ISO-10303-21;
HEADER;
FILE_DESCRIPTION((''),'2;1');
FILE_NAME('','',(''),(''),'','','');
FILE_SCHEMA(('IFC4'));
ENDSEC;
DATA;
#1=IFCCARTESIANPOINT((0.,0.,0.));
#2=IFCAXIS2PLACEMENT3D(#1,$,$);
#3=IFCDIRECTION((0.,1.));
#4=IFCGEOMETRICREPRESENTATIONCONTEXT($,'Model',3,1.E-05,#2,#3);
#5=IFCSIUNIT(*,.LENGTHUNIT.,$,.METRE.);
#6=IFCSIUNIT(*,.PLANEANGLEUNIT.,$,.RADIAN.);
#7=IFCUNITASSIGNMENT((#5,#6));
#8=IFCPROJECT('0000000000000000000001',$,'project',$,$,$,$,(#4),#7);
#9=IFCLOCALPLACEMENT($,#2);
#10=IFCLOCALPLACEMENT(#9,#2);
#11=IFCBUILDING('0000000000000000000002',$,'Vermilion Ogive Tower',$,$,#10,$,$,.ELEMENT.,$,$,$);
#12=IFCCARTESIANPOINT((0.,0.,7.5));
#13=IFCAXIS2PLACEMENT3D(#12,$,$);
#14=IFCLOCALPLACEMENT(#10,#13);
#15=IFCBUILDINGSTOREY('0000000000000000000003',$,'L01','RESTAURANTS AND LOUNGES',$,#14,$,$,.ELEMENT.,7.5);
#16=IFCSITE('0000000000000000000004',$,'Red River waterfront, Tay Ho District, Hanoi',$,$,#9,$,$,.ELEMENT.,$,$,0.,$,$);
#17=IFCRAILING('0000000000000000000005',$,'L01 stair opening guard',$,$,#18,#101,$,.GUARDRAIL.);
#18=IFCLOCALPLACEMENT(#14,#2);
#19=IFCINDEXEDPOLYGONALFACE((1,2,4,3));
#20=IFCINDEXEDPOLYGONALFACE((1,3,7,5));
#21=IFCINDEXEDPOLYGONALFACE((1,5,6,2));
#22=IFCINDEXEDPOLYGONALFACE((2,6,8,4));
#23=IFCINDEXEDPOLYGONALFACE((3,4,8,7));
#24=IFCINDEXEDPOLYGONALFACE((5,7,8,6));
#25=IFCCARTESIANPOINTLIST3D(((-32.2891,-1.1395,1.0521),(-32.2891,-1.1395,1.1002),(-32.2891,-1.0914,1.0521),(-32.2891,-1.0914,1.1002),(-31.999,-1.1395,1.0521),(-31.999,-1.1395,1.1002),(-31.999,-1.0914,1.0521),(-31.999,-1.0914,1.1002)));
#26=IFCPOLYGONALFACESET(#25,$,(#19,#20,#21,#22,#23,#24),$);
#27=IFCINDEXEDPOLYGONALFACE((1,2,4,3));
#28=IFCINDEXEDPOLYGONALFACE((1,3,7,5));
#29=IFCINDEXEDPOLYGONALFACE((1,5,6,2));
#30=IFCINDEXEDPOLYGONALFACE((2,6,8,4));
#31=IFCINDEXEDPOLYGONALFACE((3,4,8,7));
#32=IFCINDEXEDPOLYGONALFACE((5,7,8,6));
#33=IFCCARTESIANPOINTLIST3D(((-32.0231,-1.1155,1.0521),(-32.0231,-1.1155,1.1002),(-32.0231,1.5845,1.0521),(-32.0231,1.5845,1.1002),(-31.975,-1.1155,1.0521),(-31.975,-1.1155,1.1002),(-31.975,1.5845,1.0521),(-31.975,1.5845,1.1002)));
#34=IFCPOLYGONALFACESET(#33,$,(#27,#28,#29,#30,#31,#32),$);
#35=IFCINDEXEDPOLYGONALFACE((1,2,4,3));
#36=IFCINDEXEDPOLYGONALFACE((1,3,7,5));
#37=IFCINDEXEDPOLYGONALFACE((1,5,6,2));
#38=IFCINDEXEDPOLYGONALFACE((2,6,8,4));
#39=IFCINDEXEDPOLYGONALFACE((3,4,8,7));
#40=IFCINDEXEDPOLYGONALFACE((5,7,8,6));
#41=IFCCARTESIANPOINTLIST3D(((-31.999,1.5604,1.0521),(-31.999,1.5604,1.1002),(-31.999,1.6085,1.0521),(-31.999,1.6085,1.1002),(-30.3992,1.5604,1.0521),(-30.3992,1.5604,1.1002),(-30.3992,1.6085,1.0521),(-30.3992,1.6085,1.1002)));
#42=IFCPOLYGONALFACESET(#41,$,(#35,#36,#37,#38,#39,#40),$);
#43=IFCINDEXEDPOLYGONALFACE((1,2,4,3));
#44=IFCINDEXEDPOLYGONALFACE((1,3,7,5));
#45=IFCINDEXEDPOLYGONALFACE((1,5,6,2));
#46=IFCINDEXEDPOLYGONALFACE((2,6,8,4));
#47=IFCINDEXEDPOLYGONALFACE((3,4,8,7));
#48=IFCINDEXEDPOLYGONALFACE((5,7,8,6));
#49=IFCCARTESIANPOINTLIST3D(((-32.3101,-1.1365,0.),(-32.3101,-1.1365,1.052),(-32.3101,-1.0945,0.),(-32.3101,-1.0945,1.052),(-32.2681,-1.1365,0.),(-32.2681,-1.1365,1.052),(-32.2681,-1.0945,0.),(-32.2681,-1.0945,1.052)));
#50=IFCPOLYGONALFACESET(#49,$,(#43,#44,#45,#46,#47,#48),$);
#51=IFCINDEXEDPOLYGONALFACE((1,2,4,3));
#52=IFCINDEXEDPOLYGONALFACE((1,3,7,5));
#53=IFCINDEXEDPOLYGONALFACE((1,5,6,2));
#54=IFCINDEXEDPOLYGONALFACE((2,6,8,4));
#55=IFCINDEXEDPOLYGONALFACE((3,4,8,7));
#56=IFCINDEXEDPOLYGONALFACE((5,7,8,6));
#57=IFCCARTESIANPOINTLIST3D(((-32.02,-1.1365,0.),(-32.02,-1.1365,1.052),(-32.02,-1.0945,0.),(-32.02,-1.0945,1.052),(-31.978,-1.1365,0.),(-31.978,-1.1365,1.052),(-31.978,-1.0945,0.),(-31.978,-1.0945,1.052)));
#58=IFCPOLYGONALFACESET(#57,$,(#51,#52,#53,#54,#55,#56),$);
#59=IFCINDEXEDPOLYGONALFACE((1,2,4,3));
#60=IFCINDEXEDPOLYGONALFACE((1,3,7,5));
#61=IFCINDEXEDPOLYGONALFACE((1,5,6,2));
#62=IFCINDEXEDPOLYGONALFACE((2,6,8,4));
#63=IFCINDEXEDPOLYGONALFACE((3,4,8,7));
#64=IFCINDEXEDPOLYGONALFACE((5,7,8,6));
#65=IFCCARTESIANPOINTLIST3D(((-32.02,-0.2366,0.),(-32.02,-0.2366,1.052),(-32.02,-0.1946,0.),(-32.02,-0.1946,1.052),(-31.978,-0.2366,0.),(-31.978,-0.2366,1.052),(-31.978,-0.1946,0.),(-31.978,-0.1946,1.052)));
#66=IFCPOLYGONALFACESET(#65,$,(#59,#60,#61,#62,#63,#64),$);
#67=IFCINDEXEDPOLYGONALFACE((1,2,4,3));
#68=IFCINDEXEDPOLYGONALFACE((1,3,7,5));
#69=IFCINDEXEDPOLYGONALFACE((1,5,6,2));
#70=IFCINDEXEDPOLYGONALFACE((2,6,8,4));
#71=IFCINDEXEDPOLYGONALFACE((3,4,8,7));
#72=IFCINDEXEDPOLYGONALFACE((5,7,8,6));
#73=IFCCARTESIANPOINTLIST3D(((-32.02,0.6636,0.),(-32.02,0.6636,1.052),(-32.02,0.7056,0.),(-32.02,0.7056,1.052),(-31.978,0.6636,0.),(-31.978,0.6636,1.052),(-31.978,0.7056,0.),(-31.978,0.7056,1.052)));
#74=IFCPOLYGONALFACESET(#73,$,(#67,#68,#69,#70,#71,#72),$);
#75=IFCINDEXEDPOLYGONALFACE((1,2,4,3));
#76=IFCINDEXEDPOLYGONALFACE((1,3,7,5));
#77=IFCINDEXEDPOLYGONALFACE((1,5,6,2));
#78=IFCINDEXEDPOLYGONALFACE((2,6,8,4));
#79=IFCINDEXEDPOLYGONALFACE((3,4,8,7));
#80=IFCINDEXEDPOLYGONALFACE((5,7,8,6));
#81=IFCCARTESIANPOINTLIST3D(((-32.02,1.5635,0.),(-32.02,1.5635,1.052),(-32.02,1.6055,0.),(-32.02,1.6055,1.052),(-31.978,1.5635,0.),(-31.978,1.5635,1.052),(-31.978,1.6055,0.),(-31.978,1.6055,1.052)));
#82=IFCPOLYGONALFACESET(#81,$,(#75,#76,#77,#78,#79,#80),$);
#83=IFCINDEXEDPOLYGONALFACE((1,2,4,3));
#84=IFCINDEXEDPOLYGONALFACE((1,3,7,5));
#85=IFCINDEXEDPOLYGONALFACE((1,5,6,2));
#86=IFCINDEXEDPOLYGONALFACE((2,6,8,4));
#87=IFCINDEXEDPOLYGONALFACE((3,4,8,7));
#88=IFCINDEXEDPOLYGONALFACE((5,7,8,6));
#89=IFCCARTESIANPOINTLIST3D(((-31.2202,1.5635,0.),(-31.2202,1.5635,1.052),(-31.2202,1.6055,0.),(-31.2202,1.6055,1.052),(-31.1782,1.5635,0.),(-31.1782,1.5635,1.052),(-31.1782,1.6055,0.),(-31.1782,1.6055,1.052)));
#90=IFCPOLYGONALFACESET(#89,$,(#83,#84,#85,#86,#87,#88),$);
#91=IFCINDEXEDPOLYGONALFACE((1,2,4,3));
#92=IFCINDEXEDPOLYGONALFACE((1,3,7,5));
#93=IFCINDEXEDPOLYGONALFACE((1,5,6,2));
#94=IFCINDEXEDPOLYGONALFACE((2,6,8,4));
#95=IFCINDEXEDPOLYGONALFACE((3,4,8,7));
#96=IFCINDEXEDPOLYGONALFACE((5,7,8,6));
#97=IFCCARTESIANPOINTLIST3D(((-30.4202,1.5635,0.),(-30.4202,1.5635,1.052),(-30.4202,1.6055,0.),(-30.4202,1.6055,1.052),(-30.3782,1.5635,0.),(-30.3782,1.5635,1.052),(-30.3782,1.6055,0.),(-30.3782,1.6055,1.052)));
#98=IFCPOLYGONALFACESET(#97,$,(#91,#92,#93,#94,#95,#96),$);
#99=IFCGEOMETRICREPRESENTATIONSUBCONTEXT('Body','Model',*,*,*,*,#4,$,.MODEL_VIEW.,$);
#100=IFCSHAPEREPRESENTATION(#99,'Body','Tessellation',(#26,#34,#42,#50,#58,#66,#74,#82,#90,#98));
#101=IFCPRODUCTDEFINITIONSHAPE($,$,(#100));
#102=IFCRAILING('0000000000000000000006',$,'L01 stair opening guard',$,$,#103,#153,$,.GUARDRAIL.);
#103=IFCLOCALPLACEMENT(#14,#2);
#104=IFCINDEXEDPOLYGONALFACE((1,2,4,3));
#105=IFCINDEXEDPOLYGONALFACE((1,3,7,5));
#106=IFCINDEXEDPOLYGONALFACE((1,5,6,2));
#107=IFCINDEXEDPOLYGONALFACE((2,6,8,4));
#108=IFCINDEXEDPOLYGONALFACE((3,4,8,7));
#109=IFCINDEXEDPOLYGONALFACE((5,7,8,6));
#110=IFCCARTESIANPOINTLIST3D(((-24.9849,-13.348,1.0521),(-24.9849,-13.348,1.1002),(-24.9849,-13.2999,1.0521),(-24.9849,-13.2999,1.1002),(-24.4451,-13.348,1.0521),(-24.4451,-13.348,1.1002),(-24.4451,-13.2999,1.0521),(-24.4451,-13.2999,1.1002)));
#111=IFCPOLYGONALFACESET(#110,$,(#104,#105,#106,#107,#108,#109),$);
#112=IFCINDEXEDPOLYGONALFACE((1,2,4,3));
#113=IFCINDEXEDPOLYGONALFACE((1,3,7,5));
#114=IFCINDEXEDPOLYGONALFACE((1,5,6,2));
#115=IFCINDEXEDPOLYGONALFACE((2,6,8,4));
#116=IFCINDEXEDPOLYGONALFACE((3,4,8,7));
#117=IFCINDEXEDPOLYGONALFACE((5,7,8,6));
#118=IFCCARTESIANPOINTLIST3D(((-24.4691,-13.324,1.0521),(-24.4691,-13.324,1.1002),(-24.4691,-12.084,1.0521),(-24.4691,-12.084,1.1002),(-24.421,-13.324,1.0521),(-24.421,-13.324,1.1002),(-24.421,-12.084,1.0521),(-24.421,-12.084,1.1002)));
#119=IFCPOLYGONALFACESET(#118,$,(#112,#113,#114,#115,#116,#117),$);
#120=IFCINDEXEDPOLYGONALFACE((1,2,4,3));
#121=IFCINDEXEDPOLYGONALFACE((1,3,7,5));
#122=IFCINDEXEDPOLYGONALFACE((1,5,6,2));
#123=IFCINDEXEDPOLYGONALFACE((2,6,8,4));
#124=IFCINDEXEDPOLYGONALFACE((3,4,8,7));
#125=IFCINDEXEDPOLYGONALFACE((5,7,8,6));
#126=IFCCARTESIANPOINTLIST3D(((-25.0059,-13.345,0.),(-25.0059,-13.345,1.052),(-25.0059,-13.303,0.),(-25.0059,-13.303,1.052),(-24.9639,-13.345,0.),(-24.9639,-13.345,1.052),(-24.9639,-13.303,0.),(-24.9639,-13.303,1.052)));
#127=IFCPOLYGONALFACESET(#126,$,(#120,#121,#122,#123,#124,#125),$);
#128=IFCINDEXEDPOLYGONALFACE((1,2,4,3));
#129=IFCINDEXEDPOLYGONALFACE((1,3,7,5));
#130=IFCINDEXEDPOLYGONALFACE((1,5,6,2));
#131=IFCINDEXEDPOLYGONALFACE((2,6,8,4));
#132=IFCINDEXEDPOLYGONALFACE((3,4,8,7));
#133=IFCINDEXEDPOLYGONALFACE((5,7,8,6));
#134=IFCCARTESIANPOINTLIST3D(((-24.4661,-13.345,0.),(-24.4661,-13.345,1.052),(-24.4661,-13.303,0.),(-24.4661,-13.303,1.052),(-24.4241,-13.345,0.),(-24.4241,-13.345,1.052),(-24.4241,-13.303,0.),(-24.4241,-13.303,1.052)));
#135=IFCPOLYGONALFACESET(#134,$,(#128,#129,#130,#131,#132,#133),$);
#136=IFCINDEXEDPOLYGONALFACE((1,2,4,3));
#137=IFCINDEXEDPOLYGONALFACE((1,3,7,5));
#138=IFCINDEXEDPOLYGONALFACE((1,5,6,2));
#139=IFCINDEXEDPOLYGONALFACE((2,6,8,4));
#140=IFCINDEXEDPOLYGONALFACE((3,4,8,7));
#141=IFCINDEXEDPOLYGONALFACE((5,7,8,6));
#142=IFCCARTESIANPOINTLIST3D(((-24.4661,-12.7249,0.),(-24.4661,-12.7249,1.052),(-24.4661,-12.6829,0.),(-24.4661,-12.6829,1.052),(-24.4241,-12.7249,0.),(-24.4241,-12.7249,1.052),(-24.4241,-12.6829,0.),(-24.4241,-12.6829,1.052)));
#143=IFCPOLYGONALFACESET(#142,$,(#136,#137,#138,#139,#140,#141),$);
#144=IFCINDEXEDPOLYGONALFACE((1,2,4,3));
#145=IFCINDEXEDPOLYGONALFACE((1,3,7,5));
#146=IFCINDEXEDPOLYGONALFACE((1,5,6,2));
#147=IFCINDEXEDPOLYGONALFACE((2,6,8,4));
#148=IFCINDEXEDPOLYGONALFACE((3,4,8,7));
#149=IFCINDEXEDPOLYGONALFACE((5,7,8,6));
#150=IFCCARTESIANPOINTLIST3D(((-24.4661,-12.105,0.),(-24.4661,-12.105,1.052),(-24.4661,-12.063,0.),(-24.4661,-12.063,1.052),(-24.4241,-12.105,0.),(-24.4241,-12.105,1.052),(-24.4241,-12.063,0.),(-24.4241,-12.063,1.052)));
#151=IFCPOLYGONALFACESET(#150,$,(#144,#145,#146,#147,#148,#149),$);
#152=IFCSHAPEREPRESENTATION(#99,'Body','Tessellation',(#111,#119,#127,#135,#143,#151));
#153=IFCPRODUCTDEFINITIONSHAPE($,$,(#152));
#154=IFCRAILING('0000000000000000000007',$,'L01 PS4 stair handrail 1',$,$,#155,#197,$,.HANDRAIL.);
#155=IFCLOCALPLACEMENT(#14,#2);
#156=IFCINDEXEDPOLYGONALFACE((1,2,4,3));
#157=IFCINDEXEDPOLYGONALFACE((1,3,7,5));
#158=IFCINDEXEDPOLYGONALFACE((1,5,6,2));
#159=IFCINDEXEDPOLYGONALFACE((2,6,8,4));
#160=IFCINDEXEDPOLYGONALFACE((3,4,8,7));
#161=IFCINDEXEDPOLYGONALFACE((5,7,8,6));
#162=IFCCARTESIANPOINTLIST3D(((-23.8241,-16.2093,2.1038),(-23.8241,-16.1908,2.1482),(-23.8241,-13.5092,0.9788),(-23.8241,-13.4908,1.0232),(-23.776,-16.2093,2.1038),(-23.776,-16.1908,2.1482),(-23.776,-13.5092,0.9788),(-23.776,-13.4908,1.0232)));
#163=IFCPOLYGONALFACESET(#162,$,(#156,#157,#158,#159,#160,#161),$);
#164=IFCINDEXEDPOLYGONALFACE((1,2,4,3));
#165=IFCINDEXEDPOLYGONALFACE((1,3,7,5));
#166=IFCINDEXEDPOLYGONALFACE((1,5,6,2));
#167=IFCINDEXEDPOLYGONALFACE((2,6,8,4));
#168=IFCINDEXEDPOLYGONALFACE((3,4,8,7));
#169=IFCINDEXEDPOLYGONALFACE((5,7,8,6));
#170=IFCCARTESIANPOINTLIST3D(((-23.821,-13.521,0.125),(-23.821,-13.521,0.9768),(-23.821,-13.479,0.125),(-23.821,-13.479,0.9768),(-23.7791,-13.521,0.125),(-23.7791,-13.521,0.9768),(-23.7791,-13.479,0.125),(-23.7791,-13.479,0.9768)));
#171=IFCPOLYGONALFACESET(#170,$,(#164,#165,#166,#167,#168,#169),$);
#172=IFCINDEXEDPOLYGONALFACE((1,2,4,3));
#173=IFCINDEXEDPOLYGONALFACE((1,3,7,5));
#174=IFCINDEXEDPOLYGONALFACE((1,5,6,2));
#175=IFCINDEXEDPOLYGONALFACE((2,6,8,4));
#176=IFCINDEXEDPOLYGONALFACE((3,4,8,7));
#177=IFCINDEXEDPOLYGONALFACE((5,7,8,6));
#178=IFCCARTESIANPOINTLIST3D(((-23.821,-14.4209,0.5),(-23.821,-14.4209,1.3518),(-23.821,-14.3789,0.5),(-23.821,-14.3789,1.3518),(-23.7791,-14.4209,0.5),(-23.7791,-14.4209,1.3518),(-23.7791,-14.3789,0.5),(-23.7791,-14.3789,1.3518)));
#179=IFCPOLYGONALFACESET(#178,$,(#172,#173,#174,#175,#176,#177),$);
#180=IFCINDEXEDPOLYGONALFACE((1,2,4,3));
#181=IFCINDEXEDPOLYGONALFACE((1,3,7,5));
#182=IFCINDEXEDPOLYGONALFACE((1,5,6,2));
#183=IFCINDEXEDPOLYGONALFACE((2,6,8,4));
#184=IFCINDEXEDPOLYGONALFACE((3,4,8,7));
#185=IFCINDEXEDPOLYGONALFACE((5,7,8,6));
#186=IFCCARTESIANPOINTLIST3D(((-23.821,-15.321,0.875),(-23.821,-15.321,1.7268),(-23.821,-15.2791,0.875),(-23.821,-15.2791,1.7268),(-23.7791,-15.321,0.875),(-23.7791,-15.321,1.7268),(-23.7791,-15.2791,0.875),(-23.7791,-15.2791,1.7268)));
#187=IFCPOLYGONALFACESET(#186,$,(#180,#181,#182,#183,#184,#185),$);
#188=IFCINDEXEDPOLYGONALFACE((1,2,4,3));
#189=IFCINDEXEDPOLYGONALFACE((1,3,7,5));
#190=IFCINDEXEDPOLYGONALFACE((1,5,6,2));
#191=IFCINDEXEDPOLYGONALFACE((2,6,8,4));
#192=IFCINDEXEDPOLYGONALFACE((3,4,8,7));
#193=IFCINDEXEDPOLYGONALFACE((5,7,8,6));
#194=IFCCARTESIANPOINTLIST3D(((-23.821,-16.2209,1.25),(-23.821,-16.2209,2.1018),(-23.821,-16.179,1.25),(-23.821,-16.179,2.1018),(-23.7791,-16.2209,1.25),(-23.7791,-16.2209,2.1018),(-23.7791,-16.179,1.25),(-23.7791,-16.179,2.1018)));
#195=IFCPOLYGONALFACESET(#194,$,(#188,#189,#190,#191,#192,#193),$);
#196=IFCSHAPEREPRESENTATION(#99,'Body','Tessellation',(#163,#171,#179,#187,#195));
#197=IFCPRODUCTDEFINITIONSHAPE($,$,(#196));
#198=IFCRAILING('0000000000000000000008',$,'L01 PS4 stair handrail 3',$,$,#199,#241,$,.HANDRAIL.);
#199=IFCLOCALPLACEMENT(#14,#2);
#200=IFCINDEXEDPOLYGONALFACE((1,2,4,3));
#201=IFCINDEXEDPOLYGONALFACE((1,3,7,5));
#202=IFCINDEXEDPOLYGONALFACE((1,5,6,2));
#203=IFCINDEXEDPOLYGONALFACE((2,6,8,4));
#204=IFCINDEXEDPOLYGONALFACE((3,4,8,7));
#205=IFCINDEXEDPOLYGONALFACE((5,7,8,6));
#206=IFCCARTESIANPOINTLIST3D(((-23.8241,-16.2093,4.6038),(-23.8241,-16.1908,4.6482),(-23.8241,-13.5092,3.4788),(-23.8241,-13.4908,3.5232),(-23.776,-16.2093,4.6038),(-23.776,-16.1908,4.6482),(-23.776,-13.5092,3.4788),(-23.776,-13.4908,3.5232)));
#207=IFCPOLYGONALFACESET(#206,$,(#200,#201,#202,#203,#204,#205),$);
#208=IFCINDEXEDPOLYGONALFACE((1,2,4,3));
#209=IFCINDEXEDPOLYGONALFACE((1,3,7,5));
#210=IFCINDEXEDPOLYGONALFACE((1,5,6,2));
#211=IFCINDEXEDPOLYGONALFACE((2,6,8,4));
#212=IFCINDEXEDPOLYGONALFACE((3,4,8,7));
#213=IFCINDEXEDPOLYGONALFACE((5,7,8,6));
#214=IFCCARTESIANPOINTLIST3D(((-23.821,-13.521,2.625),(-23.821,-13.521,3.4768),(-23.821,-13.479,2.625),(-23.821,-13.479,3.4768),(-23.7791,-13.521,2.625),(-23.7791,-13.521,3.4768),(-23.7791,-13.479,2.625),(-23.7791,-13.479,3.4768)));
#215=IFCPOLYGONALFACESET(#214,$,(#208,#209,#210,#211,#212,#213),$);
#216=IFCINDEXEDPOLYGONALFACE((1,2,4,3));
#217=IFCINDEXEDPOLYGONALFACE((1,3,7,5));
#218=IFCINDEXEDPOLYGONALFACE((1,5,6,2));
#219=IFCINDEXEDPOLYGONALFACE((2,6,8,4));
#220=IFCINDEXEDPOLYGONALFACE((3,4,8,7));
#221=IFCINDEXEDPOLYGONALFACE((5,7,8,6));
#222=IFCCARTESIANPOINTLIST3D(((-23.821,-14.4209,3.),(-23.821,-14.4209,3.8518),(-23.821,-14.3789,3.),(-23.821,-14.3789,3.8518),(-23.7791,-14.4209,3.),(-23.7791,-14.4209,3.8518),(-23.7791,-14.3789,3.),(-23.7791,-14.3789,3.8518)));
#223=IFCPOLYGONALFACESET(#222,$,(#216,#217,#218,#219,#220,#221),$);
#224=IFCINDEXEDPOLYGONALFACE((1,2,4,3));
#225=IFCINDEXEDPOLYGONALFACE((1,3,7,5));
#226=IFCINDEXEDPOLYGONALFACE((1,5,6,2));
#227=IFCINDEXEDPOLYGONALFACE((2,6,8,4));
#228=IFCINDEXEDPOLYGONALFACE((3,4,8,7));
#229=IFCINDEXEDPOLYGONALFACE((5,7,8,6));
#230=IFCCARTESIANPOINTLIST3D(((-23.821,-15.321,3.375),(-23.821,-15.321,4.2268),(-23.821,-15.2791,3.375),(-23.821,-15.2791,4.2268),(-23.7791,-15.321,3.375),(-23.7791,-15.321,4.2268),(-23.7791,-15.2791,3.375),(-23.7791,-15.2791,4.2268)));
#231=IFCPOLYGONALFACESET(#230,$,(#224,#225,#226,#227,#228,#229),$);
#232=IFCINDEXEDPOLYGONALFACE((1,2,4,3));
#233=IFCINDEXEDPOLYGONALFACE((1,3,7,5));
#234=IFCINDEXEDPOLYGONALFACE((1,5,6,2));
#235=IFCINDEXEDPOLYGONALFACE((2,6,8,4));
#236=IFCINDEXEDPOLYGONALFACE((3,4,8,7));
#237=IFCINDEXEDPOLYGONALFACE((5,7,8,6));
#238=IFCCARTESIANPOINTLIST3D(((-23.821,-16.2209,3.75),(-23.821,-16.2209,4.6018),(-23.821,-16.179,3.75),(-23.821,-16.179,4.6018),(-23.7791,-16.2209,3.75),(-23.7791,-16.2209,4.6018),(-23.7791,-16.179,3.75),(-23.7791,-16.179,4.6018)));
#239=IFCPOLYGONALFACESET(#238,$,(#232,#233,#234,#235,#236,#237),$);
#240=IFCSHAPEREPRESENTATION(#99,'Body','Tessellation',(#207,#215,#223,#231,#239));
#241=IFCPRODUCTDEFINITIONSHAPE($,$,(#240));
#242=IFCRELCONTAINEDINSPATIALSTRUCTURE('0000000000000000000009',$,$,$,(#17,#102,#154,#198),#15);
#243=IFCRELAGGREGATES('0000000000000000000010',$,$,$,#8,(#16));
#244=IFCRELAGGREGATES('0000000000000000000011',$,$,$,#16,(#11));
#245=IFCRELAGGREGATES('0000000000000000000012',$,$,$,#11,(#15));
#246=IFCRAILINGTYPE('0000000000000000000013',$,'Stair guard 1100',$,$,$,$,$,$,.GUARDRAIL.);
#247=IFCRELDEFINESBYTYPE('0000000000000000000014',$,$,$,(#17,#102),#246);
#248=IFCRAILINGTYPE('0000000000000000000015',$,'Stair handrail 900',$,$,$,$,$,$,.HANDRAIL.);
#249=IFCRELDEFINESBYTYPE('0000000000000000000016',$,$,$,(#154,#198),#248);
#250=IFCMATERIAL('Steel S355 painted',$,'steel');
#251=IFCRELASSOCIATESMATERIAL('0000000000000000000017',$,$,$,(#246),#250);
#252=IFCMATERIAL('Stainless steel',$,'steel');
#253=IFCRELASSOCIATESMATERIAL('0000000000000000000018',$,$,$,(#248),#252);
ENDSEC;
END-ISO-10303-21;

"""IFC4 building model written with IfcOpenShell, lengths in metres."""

from ifc_helpers import new_model, si_unit, direction, frame, origin, origin_2d, place, context, subcontext, project, spatial, rectangle, extrude, material, type_object, element, save


model = new_model("IFC4")

# Units and contexts
model_context = context("Model", 3, precision=1e-05, world=origin(), true_north=direction((0.0, 1.0)))
body_context = subcontext(model_context, "Body", "Model", "MODEL_VIEW")
ifc_project = project(units=[si_unit("LENGTHUNIT", "METRE"), si_unit("PLANEANGLEUNIT", "RADIAN")], contexts=[model_context])

# Site, building, storey
site_placement = place(None, origin())
site = spatial("IfcSite", under=ifc_project, at=site_placement, Name="Red River waterfront, Tay Ho District, Hanoi", CompositionType="ELEMENT", RefElevation=0.0)
building_placement = place(site_placement, origin())
building = spatial("IfcBuilding", under=site, at=building_placement, Name="Vermilion Ogive Tower", CompositionType="ELEMENT")
storey_placement = place(building_placement, frame((0.0, 0.0, 7.5)))
storey = spatial("IfcBuildingStorey", under=building, at=storey_placement, Name="L01", Description="RESTAURANTS AND LOUNGES", CompositionType="ELEMENT", Elevation=7.5)

# Railings
ifc_material_1 = material(Name="Steel S355 painted", Category="steel")
railing_type_1 = type_object("IfcRailingType", Name="Stair guard 1100", PredefinedType="GUARDRAIL", material=ifc_material_1)
railing_1_placement = place(storey_placement, frame((-32.2891, -1.1155, 0.0)))
element("IfcRailing", 1, at=railing_1_placement, inside=storey, type_object=railing_type_1, Name="L01 stair opening guard", PredefinedType="GUARDRAIL", context=body_context, shape_type="SweptSolid", body=[
    extrude(rectangle(XDim=0.0481, YDim=0.0481, at=origin_2d()), frame((0.0, 0.0, 1.0762), z_axis=(1.0, 0.0, 0.0), x_axis=(0.0, 1.0, 0.0)), (0.0, 0.0, 1.0), 0.29),
    extrude(rectangle(XDim=0.0481, YDim=0.0481, at=origin_2d()), frame((0.29, 0.0, 1.0762), z_axis=(0.0, 1.0, 0.0), x_axis=(-1.0, 0.0, 0.0)), (0.0, 0.0, 1.0), 2.7),
    extrude(rectangle(XDim=0.0481, YDim=0.0481, at=origin_2d()), frame((0.29, 2.7, 1.0762), z_axis=(1.0, 0.0, 0.0), x_axis=(0.0, 1.0, 0.0)), (0.0, 0.0, 1.0), 1.5999),
    extrude(rectangle(XDim=0.042, YDim=0.042, at=origin_2d()), origin(), (0.0, 0.0, 1.0), 1.052),
    extrude(rectangle(XDim=0.042, YDim=0.042, at=origin_2d()), frame((0.29, 0.0, 0.0)), (0.0, 0.0, 1.0), 1.052),
    extrude(rectangle(XDim=0.042, YDim=0.042, at=origin_2d()), frame((0.29, 0.8999, 0.0)), (0.0, 0.0, 1.0), 1.052),
    extrude(rectangle(XDim=0.042, YDim=0.042, at=origin_2d()), frame((0.29, 1.8, 0.0)), (0.0, 0.0, 1.0), 1.052),
    extrude(rectangle(XDim=0.042, YDim=0.042, at=origin_2d()), frame((0.29, 2.7, 0.0)), (0.0, 0.0, 1.0), 1.052),
    extrude(rectangle(XDim=0.042, YDim=0.042, at=origin_2d()), frame((1.0898, 2.7, 0.0)), (0.0, 0.0, 1.0), 1.052),
    extrude(rectangle(XDim=0.042, YDim=0.042, at=origin_2d()), frame((1.8899, 2.7, 0.0)), (0.0, 0.0, 1.0), 1.052),
])
railing_2_placement = place(storey_placement, frame((-24.9849, -13.324, 0.0)))
element("IfcRailing", 2, at=railing_2_placement, inside=storey, type_object=railing_type_1, Name="L01 stair opening guard", PredefinedType="GUARDRAIL", context=body_context, shape_type="SweptSolid", body=[
    extrude(rectangle(XDim=0.0481, YDim=0.0481, at=origin_2d()), frame((0.0, 0.0, 1.0762), z_axis=(1.0, 0.0, 0.0), x_axis=(0.0, 1.0, 0.0)), (0.0, 0.0, 1.0), 0.5398),
    extrude(rectangle(XDim=0.0481, YDim=0.0481, at=origin_2d()), frame((0.5398, 0.0, 1.0762), z_axis=(0.0, 1.0, 0.0), x_axis=(-1.0, 0.0, 0.0)), (0.0, 0.0, 1.0), 1.24),
    extrude(rectangle(XDim=0.042, YDim=0.042, at=origin_2d()), origin(), (0.0, 0.0, 1.0), 1.052),
    extrude(rectangle(XDim=0.042, YDim=0.042, at=origin_2d()), frame((0.5398, 0.0, 0.0)), (0.0, 0.0, 1.0), 1.052),
    extrude(rectangle(XDim=0.042, YDim=0.042, at=origin_2d()), frame((0.5398, 0.6201, 0.0)), (0.0, 0.0, 1.0), 1.052),
    extrude(rectangle(XDim=0.042, YDim=0.042, at=origin_2d()), frame((0.5398, 1.24, 0.0)), (0.0, 0.0, 1.0), 1.052),
])
ifc_material_2 = material(Name="Stainless steel", Category="steel")
railing_type_2 = type_object("IfcRailingType", Name="Stair handrail 900", PredefinedType="HANDRAIL", material=ifc_material_2)
for number, where, name in (
    (3, (-23.8, -13.5, 0.125), "L01 PS4 stair handrail 1"),
    (4, (-23.8, -13.5, 2.625), "L01 PS4 stair handrail 3"),
):
    element("IfcRailing", number, at=place(storey_placement, frame(where)), inside=storey, type_object=railing_type_2, Name=name, PredefinedType="HANDRAIL", context=body_context, shape_type="SweptSolid", body=[
        extrude(rectangle(XDim=0.0481, YDim=0.0481, at=origin_2d()), frame((0.0, 0.0, 0.876), z_axis=(0.0, -0.923074, 0.384621), x_axis=(1.0, 0.0, 0.0)), (0.0, 0.0, 1.0), 2.925),
        extrude(rectangle(XDim=0.042, YDim=0.042, at=origin_2d()), origin(), (0.0, 0.0, 1.0), 0.8518),
        extrude(rectangle(XDim=0.042, YDim=0.042, at=origin_2d()), frame((0.0, -0.8999, 0.375)), (0.0, 0.0, 1.0), 0.8518),
        extrude(rectangle(XDim=0.042, YDim=0.042, at=origin_2d()), frame((0.0, -1.8, 0.75)), (0.0, 0.0, 1.0), 0.8518),
        extrude(rectangle(XDim=0.042, YDim=0.042, at=origin_2d()), frame((0.0, -2.7, 1.125)), (0.0, 0.0, 1.0), 0.8518),
    ])

save(model, "model.ifc")
